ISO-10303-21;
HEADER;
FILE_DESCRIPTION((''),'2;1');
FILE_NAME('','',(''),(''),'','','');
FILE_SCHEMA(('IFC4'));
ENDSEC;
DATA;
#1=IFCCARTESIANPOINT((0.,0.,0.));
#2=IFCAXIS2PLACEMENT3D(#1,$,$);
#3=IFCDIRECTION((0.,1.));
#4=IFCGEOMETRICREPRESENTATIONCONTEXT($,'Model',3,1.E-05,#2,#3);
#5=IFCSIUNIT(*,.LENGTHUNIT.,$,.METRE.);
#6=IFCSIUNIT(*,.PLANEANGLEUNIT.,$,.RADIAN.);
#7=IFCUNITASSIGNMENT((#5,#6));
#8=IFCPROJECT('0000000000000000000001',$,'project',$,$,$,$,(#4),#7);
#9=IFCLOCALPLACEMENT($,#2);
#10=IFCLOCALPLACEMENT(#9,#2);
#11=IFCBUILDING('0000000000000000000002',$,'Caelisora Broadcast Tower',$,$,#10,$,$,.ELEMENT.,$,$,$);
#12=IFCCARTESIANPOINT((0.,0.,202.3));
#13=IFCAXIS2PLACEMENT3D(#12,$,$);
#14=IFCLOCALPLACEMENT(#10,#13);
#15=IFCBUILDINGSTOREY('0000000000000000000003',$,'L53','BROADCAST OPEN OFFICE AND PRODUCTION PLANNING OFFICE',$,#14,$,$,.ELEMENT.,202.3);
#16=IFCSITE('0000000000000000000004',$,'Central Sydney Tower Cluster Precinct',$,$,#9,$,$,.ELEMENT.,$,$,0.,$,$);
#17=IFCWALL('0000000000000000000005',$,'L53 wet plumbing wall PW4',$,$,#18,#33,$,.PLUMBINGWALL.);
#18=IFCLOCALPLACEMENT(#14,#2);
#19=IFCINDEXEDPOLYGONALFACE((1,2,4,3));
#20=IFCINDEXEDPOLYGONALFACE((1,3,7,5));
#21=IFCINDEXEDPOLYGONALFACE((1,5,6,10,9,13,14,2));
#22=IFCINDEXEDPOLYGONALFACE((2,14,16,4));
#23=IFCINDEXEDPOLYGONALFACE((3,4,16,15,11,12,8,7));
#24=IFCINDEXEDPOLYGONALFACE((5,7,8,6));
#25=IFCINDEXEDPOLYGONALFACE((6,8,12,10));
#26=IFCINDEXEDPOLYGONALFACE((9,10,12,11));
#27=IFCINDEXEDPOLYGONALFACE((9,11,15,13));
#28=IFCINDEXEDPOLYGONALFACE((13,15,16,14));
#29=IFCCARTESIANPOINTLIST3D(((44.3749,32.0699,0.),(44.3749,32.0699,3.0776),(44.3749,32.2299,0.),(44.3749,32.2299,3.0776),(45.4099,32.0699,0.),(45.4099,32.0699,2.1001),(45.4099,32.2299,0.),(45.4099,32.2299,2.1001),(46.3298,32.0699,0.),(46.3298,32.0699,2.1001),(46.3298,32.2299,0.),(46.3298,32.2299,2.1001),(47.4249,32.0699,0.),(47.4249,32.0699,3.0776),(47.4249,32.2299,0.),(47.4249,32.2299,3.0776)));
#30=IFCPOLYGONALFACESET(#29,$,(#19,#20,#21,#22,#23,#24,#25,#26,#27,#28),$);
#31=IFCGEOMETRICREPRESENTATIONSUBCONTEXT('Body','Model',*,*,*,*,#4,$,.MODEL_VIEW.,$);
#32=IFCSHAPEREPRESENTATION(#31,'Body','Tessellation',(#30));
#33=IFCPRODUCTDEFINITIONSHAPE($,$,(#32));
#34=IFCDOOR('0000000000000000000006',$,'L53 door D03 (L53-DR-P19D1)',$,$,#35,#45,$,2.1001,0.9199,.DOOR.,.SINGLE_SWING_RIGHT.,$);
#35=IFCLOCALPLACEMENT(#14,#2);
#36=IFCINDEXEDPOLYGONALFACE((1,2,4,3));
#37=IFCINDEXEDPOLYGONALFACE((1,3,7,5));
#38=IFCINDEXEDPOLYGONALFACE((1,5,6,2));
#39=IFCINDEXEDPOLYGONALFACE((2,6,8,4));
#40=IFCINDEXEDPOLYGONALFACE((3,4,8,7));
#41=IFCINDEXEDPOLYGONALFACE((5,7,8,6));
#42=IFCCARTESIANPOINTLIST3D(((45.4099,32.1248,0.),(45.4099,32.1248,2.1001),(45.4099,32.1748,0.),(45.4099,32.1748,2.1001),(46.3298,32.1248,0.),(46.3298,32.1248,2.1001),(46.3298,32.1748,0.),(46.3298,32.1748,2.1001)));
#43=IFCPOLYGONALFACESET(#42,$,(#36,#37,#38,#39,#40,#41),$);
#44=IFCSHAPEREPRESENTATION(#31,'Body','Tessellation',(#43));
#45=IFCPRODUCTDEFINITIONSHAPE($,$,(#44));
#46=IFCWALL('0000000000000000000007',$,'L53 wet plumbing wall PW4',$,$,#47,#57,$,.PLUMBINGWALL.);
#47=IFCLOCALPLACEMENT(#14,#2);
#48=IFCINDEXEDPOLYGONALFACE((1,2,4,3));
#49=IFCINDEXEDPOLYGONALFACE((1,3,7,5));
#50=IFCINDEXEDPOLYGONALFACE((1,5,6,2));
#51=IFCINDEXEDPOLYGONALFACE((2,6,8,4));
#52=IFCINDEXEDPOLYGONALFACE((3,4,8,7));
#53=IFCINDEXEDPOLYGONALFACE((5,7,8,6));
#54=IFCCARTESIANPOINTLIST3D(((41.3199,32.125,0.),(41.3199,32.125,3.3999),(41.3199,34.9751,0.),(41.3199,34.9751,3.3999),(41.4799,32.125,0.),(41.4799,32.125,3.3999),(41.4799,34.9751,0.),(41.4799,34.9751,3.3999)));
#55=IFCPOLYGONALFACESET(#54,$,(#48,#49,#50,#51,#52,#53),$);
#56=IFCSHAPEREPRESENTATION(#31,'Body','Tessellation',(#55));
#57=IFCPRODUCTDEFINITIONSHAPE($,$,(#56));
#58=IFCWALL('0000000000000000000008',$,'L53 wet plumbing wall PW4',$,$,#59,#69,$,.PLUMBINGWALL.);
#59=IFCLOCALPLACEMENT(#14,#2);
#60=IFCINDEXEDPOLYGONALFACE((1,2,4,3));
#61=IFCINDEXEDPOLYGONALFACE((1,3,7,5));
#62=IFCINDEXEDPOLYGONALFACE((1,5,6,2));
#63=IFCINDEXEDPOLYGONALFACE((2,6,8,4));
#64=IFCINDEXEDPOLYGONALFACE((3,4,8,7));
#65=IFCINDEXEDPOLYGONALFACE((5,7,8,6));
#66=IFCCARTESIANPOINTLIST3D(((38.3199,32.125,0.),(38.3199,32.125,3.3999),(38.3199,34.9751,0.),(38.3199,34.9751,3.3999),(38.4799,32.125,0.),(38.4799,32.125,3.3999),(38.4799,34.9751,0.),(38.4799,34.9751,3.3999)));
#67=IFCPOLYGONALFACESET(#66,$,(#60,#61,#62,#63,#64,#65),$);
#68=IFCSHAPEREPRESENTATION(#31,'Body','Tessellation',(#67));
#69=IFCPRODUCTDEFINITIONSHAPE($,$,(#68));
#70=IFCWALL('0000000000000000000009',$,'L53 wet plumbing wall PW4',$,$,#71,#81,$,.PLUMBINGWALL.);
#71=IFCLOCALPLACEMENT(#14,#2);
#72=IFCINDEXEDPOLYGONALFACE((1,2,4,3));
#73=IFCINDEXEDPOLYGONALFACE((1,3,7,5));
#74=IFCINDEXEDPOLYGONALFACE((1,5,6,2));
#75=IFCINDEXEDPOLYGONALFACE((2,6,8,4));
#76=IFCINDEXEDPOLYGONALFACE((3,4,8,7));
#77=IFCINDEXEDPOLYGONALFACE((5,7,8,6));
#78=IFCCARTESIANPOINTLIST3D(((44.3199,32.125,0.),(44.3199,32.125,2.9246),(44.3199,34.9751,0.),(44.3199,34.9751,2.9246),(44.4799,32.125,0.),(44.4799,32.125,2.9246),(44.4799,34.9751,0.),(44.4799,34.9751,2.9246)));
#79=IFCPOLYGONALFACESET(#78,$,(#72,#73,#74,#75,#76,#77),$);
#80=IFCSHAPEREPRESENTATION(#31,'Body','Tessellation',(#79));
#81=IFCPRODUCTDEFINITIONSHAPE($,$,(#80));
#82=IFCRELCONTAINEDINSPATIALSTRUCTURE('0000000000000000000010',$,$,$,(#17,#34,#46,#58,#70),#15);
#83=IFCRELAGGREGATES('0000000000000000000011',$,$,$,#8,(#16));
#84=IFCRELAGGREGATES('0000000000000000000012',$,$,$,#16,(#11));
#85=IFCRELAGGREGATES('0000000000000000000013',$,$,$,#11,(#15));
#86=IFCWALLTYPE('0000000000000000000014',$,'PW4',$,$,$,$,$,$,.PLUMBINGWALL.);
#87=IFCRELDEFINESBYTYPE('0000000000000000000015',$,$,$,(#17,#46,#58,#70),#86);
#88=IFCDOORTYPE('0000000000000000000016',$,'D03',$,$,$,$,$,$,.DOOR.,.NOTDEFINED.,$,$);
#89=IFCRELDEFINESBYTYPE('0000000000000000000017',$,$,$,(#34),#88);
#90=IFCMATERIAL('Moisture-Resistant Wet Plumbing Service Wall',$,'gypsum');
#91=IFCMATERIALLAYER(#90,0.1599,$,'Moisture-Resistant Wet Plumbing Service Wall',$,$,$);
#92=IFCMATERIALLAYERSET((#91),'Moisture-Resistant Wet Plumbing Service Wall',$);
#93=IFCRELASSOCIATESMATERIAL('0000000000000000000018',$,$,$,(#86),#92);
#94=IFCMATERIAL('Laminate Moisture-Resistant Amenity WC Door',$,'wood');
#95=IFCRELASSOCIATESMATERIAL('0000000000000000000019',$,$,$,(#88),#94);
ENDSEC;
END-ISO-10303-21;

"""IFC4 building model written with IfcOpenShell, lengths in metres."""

from ifc_helpers import new_model, si_unit, direction, frame, frame_2d, origin, place, context, subcontext, project, spatial, rectangle, extrude, material, layer, layer_set, type_object, element, fill, save


model = new_model("IFC4")

# Units and contexts
model_context = context("Model", 3, precision=1e-05, world=origin(), true_north=direction((0.0, 1.0)))
body_context = subcontext(model_context, "Body", "Model", "MODEL_VIEW")
ifc_project = project(units=[si_unit("LENGTHUNIT", "METRE"), si_unit("PLANEANGLEUNIT", "RADIAN")], contexts=[model_context])

# Site, building, storey
site_placement = place(None, origin())
site = spatial("IfcSite", under=ifc_project, at=site_placement, Name="Central Sydney Tower Cluster Precinct", CompositionType="ELEMENT", RefElevation=0.0)
building_placement = place(site_placement, origin())
building = spatial("IfcBuilding", under=site, at=building_placement, Name="Caelisora Broadcast Tower", CompositionType="ELEMENT")
storey_placement = place(building_placement, frame((0.0, 0.0, 202.3)))
storey = spatial("IfcBuildingStorey", under=building, at=storey_placement, Name="L53", Description="BROADCAST OPEN OFFICE AND PRODUCTION PLANNING OFFICE", CompositionType="ELEMENT", Elevation=202.3)

# Wall, opening, door
ifc_material_1 = material(Name="Moisture-Resistant Wet Plumbing Service Wall", Category="gypsum")
ifc_layer_1 = layer(ifc_material_1, 0.1599, Name="Moisture-Resistant Wet Plumbing Service Wall")
ifc_layer_set_1 = layer_set([ifc_layer_1], Name="Moisture-Resistant Wet Plumbing Service Wall")
wall_type_1 = type_object("IfcWallType", Name="PW4", PredefinedType="PLUMBINGWALL", material=ifc_layer_set_1)
ifc_material_2 = material(Name="Laminate Moisture-Resistant Amenity WC Door", Category="wood")
door_type_1 = type_object("IfcDoorType", Name="D03", OperationType="NOTDEFINED", PredefinedType="DOOR", material=ifc_material_2)
wall_1_placement = place(storey_placement, frame((44.375, 32.1499, 0.0), z_axis=(0.0, 0.0, 1.0), x_axis=(1.0, 0.0, 0.0)))
wall_1 = element("IfcWall", 1, at=wall_1_placement, inside=storey, type_object=wall_type_1, Name="L53 wet plumbing wall PW4", PredefinedType="PLUMBINGWALL", context=body_context, shape_type="SweptSolid", body=[
    extrude(rectangle(XDim=3.05, YDim=0.1599, at=frame_2d((1.5249, 0.0))), origin(), (0.0, 0.0, 1.0), 3.0776),
])
opening_1_placement = place(wall_1_placement, frame((1.0349, 0.0, 0.0)))
opening_1 = element("IfcOpeningElement", 2, at=opening_1_placement, cuts=wall_1, PredefinedType="OPENING", context=body_context, shape_type="SweptSolid", body=[
    extrude(rectangle(XDim=0.9199, YDim=2.1001, at=frame_2d((0.46, 1.05))), frame((0.0, 0.092, 0.0), z_axis=(0.0, -1.0, 0.0), x_axis=(1.0, 0.0, 0.0)), (0.0, 0.0, 1.0), 0.1838),
])
door_1_placement = place(opening_1_placement, origin())
door_1 = element("IfcDoor", 3, at=door_1_placement, inside=storey, type_object=door_type_1, Name="L53 door D03 (L53-DR-P19D1)", OperationType="SINGLE_SWING_RIGHT", OverallHeight=2.1001, OverallWidth=0.9199, PredefinedType="DOOR", context=body_context, shape_type="SweptSolid", body=[
    extrude(rectangle(XDim=0.9199, YDim=2.1001, at=frame_2d((0.46, 1.05))), frame((0.0, 0.0249, 0.0), z_axis=(0.0, -1.0, 0.0), x_axis=(1.0, 0.0, 0.0)), (0.0, 0.0, 1.0), 0.05),
])
fill(opening_1, door_1)

# Walls
for number, where, z_axis, x_axis, name in (
    (4, (41.3999, 32.125, 0.0), (0.0, 0.0, 1.0), (0.0, 1.0, 0.0), "L53 wet plumbing wall PW4"),
    (5, (38.3999, 32.125, 0.0), (0.0, 0.0, 1.0), (0.0, 1.0, 0.0), "L53 wet plumbing wall PW4"),
):
    element("IfcWall", number, at=place(storey_placement, frame(where, z_axis=z_axis, x_axis=x_axis)), inside=storey, type_object=wall_type_1, Name=name, PredefinedType="PLUMBINGWALL", context=body_context, shape_type="SweptSolid", body=[
        extrude(rectangle(XDim=2.8501, YDim=0.1599, at=frame_2d((1.425, 0.0))), origin(), (0.0, 0.0, 1.0), 3.3999),
    ])
wall_2_placement = place(storey_placement, frame((44.3999, 32.125, 0.0), z_axis=(0.0, 0.0, 1.0), x_axis=(0.0, 1.0, 0.0)))
element("IfcWall", 6, at=wall_2_placement, inside=storey, type_object=wall_type_1, Name="L53 wet plumbing wall PW4", PredefinedType="PLUMBINGWALL", context=body_context, shape_type="SweptSolid", body=[
    extrude(rectangle(XDim=2.8501, YDim=0.1599, at=frame_2d((1.425, 0.0))), origin(), (0.0, 0.0, 1.0), 2.9246),
])

save(model, "model.ifc")
